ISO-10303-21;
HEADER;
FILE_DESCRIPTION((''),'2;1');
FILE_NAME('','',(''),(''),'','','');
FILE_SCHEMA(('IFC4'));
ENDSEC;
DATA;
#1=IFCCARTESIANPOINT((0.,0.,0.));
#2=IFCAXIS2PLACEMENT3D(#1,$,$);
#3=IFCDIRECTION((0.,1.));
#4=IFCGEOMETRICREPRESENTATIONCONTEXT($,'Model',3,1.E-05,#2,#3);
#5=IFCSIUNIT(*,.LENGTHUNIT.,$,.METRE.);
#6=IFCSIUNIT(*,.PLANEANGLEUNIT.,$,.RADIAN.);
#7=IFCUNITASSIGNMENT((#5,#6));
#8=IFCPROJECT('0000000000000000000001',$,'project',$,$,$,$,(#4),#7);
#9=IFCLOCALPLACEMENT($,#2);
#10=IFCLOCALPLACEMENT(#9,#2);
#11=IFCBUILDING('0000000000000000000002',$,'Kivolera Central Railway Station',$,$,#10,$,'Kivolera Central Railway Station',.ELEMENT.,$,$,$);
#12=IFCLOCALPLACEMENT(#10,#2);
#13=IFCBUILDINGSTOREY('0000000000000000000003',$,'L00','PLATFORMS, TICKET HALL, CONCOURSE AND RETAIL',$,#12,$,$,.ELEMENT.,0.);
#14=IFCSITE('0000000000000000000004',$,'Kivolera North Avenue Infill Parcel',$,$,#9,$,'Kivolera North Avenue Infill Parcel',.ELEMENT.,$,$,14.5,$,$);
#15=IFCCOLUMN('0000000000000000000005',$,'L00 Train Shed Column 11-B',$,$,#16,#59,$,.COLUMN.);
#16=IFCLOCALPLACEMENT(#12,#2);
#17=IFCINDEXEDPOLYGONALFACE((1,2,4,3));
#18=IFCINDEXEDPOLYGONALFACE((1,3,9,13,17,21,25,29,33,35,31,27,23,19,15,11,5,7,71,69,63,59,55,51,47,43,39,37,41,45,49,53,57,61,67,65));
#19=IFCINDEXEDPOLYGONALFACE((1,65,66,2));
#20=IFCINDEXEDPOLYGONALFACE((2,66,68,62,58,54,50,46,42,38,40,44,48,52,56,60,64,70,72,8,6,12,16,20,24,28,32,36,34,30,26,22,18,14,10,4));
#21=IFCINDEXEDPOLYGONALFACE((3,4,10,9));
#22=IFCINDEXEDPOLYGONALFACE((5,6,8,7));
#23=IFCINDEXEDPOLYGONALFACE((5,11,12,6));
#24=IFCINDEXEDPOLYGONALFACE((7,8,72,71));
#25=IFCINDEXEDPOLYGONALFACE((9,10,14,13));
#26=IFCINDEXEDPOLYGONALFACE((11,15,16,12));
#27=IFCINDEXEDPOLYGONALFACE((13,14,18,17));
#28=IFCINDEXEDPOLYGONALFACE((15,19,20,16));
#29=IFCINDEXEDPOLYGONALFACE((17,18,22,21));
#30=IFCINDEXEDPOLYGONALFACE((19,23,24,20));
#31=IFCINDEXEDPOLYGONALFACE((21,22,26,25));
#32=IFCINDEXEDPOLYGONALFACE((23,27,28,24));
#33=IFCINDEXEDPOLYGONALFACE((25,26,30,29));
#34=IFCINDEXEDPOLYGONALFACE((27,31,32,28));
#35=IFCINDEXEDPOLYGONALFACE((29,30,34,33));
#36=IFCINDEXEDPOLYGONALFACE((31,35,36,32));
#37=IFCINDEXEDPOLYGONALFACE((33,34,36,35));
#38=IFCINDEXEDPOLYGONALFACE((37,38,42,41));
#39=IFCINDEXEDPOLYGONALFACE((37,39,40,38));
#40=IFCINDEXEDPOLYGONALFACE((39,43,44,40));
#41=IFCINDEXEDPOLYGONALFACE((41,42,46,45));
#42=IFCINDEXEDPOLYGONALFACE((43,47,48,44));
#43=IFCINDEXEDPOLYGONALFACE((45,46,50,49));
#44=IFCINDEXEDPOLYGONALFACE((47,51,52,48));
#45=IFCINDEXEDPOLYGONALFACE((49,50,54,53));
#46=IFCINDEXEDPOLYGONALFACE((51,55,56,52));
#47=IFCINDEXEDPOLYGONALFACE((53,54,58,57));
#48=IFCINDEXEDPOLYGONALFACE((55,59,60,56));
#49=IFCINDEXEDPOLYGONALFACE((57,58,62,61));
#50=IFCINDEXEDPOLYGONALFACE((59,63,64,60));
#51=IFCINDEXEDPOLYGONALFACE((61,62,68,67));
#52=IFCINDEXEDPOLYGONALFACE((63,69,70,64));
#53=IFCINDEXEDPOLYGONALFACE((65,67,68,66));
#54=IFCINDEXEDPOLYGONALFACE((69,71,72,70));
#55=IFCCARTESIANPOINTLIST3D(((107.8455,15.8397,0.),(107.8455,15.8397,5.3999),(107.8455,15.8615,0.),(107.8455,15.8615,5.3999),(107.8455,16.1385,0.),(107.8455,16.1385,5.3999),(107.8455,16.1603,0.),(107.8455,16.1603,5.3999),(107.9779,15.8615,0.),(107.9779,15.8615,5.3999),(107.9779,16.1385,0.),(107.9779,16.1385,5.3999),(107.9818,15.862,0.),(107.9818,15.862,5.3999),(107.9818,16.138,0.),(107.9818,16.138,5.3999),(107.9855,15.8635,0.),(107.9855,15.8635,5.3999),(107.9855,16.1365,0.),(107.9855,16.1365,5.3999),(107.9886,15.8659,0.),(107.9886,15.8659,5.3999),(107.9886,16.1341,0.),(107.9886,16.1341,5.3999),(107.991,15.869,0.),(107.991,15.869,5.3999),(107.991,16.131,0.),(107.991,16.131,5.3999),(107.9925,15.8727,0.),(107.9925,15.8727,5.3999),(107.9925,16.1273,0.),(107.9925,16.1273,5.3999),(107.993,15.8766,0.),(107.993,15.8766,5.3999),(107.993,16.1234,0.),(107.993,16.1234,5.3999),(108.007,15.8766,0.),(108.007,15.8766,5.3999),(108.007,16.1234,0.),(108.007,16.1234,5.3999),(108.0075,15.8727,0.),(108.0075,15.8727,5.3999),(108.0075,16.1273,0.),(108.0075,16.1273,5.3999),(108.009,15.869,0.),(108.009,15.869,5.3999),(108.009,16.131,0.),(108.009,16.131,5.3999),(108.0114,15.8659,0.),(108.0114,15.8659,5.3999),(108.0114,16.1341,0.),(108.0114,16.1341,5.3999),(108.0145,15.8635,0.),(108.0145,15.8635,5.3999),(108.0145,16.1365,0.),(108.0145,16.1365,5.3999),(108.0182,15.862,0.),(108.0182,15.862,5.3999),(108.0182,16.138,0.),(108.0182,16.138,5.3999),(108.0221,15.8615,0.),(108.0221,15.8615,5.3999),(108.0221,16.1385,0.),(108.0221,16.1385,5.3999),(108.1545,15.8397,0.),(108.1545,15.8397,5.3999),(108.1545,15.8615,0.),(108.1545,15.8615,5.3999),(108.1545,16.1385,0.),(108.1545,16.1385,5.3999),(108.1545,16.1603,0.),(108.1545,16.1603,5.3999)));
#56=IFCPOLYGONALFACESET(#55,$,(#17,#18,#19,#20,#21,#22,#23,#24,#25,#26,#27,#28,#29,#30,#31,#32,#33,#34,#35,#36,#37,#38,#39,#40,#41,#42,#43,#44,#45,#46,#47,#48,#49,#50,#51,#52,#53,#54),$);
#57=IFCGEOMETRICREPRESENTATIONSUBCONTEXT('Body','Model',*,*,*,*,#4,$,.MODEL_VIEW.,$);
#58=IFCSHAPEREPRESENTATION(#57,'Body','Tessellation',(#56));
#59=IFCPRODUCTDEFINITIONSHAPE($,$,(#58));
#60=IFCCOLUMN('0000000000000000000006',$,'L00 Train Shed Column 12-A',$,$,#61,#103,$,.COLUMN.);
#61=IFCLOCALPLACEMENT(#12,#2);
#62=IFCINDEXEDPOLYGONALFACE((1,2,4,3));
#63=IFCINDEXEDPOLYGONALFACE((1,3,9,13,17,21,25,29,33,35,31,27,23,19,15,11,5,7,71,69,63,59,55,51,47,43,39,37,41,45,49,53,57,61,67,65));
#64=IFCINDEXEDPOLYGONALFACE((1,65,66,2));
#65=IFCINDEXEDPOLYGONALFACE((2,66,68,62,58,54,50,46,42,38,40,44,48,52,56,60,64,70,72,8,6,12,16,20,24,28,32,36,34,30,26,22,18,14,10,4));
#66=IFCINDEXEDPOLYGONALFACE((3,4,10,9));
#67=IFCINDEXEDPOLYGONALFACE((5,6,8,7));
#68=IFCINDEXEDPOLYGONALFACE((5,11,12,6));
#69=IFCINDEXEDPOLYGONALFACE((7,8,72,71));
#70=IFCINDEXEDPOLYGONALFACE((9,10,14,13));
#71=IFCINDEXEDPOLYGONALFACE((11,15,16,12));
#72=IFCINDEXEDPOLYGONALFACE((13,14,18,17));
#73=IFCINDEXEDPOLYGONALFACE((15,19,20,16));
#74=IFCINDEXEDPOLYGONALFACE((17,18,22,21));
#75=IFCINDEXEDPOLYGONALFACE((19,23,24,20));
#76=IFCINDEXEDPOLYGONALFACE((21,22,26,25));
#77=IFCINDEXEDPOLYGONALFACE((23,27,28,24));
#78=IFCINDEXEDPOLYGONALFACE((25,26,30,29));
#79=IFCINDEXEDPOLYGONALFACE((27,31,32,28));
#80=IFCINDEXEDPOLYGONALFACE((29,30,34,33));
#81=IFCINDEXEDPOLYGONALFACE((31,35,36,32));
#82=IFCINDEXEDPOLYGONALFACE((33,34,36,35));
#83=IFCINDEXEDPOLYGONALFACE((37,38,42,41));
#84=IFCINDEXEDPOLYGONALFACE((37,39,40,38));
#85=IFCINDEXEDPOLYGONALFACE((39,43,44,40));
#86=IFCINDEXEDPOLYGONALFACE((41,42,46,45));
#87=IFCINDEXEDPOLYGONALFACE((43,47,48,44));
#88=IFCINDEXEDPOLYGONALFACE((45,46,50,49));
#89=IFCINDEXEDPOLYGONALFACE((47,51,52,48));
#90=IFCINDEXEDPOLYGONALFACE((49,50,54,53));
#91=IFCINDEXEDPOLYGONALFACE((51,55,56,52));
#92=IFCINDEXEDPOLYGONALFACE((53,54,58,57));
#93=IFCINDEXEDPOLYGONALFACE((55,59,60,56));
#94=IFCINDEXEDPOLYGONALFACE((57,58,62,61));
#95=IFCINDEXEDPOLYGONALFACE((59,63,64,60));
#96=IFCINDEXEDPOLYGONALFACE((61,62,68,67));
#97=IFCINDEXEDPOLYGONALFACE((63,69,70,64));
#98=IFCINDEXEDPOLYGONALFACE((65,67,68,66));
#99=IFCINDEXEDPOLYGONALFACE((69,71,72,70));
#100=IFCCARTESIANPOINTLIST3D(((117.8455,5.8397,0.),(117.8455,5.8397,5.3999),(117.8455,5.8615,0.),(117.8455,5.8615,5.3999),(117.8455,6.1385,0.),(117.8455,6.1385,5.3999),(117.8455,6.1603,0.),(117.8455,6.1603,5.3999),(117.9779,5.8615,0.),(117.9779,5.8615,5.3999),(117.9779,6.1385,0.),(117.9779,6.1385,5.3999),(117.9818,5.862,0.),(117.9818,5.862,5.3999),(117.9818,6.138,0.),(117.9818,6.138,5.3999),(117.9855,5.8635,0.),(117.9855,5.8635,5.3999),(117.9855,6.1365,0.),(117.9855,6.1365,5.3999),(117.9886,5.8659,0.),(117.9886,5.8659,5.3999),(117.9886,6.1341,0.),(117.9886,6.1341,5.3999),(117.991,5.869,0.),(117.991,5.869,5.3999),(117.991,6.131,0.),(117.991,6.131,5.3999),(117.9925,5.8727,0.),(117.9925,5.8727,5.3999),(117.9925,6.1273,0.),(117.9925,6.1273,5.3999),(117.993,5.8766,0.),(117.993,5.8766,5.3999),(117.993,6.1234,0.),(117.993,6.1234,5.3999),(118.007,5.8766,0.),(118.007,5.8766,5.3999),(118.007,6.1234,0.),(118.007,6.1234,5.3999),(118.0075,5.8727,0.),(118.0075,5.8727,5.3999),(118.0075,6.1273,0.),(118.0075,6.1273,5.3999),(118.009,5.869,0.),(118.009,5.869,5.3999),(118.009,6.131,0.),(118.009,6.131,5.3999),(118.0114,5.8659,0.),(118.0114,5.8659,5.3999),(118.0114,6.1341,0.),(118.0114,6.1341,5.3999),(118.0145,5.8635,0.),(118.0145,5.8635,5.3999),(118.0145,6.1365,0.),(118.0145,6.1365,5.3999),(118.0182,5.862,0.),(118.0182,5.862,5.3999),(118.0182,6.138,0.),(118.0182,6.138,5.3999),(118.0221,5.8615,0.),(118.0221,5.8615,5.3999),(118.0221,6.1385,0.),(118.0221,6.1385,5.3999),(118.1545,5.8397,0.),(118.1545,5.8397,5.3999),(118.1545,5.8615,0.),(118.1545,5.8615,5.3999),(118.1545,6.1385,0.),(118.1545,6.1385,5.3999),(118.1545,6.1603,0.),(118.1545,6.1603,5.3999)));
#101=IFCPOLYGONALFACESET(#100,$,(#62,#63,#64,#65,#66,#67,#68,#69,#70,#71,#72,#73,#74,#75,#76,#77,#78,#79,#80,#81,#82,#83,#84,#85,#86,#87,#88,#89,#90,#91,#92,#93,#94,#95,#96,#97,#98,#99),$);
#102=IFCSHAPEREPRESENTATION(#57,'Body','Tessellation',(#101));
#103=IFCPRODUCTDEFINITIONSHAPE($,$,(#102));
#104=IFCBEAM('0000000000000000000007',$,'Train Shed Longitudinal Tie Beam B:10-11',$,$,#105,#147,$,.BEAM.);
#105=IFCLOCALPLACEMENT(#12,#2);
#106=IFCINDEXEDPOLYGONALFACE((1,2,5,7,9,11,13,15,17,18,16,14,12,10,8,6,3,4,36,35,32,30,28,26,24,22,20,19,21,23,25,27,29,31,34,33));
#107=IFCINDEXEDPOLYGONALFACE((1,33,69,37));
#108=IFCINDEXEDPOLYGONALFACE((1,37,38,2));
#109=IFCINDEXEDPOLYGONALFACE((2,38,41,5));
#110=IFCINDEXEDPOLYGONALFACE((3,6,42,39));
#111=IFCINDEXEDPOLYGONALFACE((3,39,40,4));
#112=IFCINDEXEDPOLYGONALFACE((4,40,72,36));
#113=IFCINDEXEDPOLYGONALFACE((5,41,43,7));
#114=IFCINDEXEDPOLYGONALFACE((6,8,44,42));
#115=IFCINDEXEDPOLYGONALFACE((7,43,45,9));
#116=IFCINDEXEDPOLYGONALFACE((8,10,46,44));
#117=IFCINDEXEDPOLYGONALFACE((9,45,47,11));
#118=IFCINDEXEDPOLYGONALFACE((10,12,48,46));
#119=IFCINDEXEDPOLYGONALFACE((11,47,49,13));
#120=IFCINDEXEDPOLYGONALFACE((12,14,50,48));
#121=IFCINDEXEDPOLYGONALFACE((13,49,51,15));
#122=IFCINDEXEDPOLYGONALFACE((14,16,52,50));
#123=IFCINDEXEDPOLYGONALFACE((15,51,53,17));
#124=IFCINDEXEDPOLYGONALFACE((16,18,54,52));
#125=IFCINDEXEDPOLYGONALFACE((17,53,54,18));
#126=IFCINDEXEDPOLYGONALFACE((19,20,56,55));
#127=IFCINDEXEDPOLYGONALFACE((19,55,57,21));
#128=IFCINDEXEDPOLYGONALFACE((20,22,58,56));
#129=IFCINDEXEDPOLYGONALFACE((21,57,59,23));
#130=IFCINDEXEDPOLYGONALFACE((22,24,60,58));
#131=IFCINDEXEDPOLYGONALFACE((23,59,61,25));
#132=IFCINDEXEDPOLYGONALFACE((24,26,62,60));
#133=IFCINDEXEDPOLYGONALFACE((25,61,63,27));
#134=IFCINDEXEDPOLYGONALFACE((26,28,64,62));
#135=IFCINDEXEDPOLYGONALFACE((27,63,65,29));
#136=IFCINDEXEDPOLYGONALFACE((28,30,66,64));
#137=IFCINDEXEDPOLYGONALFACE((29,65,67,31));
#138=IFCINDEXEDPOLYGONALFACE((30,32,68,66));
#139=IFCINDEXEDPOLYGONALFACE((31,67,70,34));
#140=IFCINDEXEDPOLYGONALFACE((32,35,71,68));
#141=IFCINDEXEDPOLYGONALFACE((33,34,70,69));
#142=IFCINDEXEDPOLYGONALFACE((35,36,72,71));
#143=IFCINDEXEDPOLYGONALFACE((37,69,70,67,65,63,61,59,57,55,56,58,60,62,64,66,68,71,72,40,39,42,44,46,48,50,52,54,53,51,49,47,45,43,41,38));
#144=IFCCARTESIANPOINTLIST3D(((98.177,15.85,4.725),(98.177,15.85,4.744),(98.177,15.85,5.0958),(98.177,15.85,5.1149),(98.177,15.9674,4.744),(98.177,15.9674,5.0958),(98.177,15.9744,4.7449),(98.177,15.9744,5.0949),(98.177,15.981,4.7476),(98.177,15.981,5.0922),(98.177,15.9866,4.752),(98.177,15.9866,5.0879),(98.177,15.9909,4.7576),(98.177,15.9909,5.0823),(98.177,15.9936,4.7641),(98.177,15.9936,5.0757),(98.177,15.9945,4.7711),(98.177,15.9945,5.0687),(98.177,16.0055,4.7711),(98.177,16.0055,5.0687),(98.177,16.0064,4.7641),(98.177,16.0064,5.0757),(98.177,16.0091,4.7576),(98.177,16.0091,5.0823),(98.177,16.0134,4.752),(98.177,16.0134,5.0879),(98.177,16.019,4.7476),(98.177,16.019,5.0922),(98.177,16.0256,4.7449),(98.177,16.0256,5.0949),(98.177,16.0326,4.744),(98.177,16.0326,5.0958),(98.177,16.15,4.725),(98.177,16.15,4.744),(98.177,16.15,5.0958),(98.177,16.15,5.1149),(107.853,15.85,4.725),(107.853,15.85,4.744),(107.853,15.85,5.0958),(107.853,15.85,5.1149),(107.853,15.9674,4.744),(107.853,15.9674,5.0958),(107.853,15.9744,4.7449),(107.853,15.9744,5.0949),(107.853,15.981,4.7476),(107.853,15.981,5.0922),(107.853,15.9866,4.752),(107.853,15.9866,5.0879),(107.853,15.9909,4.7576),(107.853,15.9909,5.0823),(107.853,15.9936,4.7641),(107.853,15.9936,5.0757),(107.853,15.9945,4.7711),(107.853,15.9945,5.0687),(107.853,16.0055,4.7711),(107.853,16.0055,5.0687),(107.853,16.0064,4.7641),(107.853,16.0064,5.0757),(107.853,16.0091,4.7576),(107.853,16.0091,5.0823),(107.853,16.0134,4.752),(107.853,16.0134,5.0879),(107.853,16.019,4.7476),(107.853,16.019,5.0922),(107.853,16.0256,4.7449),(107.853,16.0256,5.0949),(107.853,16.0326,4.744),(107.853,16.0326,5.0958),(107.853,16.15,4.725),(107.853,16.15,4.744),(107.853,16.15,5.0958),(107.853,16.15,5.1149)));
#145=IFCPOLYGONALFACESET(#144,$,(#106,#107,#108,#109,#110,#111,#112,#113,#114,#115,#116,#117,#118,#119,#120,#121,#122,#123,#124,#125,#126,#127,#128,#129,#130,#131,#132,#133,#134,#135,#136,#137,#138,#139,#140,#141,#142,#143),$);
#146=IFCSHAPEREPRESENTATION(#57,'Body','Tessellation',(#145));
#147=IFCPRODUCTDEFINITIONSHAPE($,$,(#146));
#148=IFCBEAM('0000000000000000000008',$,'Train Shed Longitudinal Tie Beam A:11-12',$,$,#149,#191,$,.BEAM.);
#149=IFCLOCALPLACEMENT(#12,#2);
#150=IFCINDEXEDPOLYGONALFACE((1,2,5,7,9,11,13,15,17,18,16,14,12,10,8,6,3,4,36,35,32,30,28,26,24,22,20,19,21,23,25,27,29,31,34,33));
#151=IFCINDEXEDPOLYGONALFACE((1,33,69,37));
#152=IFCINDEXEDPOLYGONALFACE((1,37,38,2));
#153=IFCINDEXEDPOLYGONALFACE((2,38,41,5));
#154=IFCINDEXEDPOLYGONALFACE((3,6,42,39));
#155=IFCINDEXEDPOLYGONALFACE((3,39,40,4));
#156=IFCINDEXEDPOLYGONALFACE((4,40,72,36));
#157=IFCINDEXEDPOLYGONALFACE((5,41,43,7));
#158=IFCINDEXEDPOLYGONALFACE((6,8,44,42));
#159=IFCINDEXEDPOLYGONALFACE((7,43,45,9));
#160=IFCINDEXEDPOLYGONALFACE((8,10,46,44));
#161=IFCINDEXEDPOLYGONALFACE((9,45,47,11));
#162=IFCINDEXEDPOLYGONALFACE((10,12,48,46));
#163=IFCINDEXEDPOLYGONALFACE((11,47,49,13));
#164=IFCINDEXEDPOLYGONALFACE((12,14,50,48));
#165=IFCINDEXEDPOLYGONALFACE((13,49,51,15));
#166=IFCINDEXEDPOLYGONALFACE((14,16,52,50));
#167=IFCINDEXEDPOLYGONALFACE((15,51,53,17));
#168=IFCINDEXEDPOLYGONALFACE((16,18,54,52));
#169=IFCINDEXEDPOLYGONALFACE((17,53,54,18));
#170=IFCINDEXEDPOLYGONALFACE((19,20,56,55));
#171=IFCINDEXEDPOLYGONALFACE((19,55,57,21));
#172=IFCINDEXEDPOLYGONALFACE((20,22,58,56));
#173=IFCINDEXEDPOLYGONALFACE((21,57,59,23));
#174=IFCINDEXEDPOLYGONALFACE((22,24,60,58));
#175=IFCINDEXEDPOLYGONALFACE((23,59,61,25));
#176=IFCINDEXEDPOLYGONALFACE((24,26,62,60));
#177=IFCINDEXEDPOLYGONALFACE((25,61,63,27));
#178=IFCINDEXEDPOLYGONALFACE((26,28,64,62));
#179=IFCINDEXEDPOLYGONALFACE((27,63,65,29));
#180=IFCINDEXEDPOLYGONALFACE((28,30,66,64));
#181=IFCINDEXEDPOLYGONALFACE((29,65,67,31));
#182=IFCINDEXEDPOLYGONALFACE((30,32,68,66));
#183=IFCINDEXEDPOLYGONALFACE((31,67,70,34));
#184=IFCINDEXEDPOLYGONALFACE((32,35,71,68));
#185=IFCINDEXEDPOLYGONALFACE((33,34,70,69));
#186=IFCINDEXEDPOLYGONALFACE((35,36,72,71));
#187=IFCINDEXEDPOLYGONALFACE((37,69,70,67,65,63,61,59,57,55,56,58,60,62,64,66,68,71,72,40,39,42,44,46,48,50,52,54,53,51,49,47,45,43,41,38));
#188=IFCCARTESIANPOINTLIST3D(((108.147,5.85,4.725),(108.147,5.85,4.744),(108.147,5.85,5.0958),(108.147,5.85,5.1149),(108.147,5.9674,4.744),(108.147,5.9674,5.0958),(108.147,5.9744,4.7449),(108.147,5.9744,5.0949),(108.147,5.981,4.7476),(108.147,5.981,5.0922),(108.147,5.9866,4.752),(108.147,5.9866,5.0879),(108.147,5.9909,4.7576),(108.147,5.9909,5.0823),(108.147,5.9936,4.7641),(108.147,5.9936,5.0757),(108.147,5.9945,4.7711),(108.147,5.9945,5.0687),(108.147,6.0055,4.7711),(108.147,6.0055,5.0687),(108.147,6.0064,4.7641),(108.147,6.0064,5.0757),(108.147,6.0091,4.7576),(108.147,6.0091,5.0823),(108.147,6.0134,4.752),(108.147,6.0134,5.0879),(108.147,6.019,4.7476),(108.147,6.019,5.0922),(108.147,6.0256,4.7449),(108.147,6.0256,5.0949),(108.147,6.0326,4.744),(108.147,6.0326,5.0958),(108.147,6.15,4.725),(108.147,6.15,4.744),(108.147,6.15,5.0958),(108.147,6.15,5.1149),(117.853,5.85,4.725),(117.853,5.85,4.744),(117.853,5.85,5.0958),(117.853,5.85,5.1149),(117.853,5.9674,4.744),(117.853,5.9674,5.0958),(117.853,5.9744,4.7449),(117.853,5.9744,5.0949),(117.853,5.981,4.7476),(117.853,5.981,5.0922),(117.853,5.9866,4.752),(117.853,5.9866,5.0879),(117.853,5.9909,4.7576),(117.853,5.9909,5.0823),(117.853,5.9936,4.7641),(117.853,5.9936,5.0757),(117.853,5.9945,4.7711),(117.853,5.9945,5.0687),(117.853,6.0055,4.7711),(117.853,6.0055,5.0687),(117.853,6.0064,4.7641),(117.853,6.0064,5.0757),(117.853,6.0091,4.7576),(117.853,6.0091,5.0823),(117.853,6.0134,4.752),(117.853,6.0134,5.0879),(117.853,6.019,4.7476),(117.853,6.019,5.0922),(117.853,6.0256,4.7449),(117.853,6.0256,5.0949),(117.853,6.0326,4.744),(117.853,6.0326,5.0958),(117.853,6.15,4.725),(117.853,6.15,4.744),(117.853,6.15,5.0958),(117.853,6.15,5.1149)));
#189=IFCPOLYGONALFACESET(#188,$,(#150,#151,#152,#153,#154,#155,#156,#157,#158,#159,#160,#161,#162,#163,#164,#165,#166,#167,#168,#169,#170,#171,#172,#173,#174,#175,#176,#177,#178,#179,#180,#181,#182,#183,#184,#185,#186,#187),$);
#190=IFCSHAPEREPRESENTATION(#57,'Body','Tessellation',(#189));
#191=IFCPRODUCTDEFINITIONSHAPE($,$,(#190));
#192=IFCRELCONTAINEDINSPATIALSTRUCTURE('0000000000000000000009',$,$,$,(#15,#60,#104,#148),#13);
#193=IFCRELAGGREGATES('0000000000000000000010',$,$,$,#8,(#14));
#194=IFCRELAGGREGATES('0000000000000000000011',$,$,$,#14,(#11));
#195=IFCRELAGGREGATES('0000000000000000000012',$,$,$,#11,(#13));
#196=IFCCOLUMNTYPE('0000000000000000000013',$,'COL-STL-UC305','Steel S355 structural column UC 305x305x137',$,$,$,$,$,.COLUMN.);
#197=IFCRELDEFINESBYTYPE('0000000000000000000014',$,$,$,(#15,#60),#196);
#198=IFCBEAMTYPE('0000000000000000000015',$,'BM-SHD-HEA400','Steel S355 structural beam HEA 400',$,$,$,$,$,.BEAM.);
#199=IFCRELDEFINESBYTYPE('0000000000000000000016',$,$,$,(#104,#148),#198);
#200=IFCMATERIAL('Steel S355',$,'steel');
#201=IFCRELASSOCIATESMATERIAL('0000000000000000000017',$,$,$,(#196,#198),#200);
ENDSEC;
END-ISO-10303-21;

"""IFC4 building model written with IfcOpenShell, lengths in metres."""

from ifc_helpers import new_model, si_unit, direction, frame, origin, origin_2d, place, context, subcontext, project, spatial, i_section, extrude, material, material_profile, profile_set, type_object, element, save


model = new_model("IFC4")

# Units and contexts
model_context = context("Model", 3, precision=1e-05, world=origin(), true_north=direction((0.0, 1.0)))
body_context = subcontext(model_context, "Body", "Model", "MODEL_VIEW")
ifc_project = project(units=[si_unit("LENGTHUNIT", "METRE"), si_unit("PLANEANGLEUNIT", "RADIAN")], contexts=[model_context])

# Site, building, storey
site_placement = place(None, origin())
site = spatial("IfcSite", under=ifc_project, at=site_placement, Name="Kivolera North Avenue Infill Parcel", LongName="Kivolera North Avenue Infill Parcel", CompositionType="ELEMENT", RefElevation=14.5)
building_placement = place(site_placement, origin())
building = spatial("IfcBuilding", under=site, at=building_placement, Name="Kivolera Central Railway Station", LongName="Kivolera Central Railway Station", CompositionType="ELEMENT")
storey_placement = place(building_placement, origin())
storey = spatial("IfcBuildingStorey", under=building, at=storey_placement, Name="L00", Description="PLATFORMS, TICKET HALL, CONCOURSE AND RETAIL", CompositionType="ELEMENT", Elevation=0.0)

# Columns
ifc_material_1 = material(Name="Steel S355", Category="steel")
ifc_material_profile_1 = material_profile(ifc_material_1, i_section(OverallWidth=0.3091, OverallDepth=0.3206, WebThickness=0.0139, FlangeThickness=0.0217, FilletRadius=0.0151, at=origin_2d()), Name="UC 305x305x137")
ifc_profile_set_1 = profile_set([ifc_material_profile_1], Name="Steel S355")
column_type = type_object("IfcColumnType", Name="COL-STL-UC305", Description="Steel S355 structural column UC 305x305x137", PredefinedType="COLUMN", material=ifc_profile_set_1)
for number, where, z_axis, x_axis, name in (
    (1, (108.0, 16.0, 0.0), (0.0, 0.0, 1.0), (1.0, 0.0, 0.0), "L00 Train Shed Column 11-B"),
    (2, (118.0, 6.0, 0.0), (0.0, 0.0, 1.0), (1.0, 0.0, 0.0), "L00 Train Shed Column 12-A"),
):
    element("IfcColumn", number, at=place(storey_placement, frame(where, z_axis=z_axis, x_axis=x_axis)), inside=storey, type_object=column_type, Name=name, PredefinedType="COLUMN", context=body_context, shape_type="SweptSolid", body=[
        extrude(i_section(OverallWidth=0.3091, OverallDepth=0.3206, WebThickness=0.0139, FlangeThickness=0.0217, FilletRadius=0.0151, at=origin_2d()), origin(), (0.0, 0.0, 1.0), 5.3999),
    ])

# Beams
ifc_material_profile_2 = material_profile(ifc_material_1, i_section(OverallWidth=0.3, OverallDepth=0.3899, WebThickness=0.011, FlangeThickness=0.019, FilletRadius=0.0271, at=origin_2d()), Name="HEA 400")
ifc_profile_set_2 = profile_set([ifc_material_profile_2], Name="Steel S355")
beam_type = type_object("IfcBeamType", Name="BM-SHD-HEA400", Description="Steel S355 structural beam HEA 400", PredefinedType="BEAM", material=ifc_profile_set_2)
beam_placement = place(storey_placement, frame((98.177, 16.0, 4.9199), z_axis=(1.0, 0.0, 0.0), x_axis=(0.0, 1.0, 0.0)))
element("IfcBeam", 3, at=beam_placement, inside=storey, type_object=beam_type, Name="Train Shed Longitudinal Tie Beam B:10-11", PredefinedType="BEAM", context=body_context, shape_type="SweptSolid", body=[
    extrude(i_section(OverallWidth=0.3, OverallDepth=0.3899, WebThickness=0.011, FlangeThickness=0.019, FilletRadius=0.0271, at=origin_2d()), origin(), (0.0, 0.0, 1.0), 9.676),
])
for number, where, z_axis, x_axis, name in (
    (4, (108.147, 6.0, 4.9199), (1.0, 0.0, 0.0), (0.0, 1.0, 0.0), "Train Shed Longitudinal Tie Beam A:11-12"),
):
    element("IfcBeam", number, at=place(storey_placement, frame(where, z_axis=z_axis, x_axis=x_axis)), inside=storey, type_object=beam_type, Name=name, PredefinedType="BEAM", context=body_context, shape_type="SweptSolid", body=[
        extrude(i_section(OverallWidth=0.3, OverallDepth=0.3899, WebThickness=0.011, FlangeThickness=0.019, FilletRadius=0.0271, at=origin_2d()), origin(), (0.0, 0.0, 1.0), 9.7061),
    ])

save(model, "model.ifc")
